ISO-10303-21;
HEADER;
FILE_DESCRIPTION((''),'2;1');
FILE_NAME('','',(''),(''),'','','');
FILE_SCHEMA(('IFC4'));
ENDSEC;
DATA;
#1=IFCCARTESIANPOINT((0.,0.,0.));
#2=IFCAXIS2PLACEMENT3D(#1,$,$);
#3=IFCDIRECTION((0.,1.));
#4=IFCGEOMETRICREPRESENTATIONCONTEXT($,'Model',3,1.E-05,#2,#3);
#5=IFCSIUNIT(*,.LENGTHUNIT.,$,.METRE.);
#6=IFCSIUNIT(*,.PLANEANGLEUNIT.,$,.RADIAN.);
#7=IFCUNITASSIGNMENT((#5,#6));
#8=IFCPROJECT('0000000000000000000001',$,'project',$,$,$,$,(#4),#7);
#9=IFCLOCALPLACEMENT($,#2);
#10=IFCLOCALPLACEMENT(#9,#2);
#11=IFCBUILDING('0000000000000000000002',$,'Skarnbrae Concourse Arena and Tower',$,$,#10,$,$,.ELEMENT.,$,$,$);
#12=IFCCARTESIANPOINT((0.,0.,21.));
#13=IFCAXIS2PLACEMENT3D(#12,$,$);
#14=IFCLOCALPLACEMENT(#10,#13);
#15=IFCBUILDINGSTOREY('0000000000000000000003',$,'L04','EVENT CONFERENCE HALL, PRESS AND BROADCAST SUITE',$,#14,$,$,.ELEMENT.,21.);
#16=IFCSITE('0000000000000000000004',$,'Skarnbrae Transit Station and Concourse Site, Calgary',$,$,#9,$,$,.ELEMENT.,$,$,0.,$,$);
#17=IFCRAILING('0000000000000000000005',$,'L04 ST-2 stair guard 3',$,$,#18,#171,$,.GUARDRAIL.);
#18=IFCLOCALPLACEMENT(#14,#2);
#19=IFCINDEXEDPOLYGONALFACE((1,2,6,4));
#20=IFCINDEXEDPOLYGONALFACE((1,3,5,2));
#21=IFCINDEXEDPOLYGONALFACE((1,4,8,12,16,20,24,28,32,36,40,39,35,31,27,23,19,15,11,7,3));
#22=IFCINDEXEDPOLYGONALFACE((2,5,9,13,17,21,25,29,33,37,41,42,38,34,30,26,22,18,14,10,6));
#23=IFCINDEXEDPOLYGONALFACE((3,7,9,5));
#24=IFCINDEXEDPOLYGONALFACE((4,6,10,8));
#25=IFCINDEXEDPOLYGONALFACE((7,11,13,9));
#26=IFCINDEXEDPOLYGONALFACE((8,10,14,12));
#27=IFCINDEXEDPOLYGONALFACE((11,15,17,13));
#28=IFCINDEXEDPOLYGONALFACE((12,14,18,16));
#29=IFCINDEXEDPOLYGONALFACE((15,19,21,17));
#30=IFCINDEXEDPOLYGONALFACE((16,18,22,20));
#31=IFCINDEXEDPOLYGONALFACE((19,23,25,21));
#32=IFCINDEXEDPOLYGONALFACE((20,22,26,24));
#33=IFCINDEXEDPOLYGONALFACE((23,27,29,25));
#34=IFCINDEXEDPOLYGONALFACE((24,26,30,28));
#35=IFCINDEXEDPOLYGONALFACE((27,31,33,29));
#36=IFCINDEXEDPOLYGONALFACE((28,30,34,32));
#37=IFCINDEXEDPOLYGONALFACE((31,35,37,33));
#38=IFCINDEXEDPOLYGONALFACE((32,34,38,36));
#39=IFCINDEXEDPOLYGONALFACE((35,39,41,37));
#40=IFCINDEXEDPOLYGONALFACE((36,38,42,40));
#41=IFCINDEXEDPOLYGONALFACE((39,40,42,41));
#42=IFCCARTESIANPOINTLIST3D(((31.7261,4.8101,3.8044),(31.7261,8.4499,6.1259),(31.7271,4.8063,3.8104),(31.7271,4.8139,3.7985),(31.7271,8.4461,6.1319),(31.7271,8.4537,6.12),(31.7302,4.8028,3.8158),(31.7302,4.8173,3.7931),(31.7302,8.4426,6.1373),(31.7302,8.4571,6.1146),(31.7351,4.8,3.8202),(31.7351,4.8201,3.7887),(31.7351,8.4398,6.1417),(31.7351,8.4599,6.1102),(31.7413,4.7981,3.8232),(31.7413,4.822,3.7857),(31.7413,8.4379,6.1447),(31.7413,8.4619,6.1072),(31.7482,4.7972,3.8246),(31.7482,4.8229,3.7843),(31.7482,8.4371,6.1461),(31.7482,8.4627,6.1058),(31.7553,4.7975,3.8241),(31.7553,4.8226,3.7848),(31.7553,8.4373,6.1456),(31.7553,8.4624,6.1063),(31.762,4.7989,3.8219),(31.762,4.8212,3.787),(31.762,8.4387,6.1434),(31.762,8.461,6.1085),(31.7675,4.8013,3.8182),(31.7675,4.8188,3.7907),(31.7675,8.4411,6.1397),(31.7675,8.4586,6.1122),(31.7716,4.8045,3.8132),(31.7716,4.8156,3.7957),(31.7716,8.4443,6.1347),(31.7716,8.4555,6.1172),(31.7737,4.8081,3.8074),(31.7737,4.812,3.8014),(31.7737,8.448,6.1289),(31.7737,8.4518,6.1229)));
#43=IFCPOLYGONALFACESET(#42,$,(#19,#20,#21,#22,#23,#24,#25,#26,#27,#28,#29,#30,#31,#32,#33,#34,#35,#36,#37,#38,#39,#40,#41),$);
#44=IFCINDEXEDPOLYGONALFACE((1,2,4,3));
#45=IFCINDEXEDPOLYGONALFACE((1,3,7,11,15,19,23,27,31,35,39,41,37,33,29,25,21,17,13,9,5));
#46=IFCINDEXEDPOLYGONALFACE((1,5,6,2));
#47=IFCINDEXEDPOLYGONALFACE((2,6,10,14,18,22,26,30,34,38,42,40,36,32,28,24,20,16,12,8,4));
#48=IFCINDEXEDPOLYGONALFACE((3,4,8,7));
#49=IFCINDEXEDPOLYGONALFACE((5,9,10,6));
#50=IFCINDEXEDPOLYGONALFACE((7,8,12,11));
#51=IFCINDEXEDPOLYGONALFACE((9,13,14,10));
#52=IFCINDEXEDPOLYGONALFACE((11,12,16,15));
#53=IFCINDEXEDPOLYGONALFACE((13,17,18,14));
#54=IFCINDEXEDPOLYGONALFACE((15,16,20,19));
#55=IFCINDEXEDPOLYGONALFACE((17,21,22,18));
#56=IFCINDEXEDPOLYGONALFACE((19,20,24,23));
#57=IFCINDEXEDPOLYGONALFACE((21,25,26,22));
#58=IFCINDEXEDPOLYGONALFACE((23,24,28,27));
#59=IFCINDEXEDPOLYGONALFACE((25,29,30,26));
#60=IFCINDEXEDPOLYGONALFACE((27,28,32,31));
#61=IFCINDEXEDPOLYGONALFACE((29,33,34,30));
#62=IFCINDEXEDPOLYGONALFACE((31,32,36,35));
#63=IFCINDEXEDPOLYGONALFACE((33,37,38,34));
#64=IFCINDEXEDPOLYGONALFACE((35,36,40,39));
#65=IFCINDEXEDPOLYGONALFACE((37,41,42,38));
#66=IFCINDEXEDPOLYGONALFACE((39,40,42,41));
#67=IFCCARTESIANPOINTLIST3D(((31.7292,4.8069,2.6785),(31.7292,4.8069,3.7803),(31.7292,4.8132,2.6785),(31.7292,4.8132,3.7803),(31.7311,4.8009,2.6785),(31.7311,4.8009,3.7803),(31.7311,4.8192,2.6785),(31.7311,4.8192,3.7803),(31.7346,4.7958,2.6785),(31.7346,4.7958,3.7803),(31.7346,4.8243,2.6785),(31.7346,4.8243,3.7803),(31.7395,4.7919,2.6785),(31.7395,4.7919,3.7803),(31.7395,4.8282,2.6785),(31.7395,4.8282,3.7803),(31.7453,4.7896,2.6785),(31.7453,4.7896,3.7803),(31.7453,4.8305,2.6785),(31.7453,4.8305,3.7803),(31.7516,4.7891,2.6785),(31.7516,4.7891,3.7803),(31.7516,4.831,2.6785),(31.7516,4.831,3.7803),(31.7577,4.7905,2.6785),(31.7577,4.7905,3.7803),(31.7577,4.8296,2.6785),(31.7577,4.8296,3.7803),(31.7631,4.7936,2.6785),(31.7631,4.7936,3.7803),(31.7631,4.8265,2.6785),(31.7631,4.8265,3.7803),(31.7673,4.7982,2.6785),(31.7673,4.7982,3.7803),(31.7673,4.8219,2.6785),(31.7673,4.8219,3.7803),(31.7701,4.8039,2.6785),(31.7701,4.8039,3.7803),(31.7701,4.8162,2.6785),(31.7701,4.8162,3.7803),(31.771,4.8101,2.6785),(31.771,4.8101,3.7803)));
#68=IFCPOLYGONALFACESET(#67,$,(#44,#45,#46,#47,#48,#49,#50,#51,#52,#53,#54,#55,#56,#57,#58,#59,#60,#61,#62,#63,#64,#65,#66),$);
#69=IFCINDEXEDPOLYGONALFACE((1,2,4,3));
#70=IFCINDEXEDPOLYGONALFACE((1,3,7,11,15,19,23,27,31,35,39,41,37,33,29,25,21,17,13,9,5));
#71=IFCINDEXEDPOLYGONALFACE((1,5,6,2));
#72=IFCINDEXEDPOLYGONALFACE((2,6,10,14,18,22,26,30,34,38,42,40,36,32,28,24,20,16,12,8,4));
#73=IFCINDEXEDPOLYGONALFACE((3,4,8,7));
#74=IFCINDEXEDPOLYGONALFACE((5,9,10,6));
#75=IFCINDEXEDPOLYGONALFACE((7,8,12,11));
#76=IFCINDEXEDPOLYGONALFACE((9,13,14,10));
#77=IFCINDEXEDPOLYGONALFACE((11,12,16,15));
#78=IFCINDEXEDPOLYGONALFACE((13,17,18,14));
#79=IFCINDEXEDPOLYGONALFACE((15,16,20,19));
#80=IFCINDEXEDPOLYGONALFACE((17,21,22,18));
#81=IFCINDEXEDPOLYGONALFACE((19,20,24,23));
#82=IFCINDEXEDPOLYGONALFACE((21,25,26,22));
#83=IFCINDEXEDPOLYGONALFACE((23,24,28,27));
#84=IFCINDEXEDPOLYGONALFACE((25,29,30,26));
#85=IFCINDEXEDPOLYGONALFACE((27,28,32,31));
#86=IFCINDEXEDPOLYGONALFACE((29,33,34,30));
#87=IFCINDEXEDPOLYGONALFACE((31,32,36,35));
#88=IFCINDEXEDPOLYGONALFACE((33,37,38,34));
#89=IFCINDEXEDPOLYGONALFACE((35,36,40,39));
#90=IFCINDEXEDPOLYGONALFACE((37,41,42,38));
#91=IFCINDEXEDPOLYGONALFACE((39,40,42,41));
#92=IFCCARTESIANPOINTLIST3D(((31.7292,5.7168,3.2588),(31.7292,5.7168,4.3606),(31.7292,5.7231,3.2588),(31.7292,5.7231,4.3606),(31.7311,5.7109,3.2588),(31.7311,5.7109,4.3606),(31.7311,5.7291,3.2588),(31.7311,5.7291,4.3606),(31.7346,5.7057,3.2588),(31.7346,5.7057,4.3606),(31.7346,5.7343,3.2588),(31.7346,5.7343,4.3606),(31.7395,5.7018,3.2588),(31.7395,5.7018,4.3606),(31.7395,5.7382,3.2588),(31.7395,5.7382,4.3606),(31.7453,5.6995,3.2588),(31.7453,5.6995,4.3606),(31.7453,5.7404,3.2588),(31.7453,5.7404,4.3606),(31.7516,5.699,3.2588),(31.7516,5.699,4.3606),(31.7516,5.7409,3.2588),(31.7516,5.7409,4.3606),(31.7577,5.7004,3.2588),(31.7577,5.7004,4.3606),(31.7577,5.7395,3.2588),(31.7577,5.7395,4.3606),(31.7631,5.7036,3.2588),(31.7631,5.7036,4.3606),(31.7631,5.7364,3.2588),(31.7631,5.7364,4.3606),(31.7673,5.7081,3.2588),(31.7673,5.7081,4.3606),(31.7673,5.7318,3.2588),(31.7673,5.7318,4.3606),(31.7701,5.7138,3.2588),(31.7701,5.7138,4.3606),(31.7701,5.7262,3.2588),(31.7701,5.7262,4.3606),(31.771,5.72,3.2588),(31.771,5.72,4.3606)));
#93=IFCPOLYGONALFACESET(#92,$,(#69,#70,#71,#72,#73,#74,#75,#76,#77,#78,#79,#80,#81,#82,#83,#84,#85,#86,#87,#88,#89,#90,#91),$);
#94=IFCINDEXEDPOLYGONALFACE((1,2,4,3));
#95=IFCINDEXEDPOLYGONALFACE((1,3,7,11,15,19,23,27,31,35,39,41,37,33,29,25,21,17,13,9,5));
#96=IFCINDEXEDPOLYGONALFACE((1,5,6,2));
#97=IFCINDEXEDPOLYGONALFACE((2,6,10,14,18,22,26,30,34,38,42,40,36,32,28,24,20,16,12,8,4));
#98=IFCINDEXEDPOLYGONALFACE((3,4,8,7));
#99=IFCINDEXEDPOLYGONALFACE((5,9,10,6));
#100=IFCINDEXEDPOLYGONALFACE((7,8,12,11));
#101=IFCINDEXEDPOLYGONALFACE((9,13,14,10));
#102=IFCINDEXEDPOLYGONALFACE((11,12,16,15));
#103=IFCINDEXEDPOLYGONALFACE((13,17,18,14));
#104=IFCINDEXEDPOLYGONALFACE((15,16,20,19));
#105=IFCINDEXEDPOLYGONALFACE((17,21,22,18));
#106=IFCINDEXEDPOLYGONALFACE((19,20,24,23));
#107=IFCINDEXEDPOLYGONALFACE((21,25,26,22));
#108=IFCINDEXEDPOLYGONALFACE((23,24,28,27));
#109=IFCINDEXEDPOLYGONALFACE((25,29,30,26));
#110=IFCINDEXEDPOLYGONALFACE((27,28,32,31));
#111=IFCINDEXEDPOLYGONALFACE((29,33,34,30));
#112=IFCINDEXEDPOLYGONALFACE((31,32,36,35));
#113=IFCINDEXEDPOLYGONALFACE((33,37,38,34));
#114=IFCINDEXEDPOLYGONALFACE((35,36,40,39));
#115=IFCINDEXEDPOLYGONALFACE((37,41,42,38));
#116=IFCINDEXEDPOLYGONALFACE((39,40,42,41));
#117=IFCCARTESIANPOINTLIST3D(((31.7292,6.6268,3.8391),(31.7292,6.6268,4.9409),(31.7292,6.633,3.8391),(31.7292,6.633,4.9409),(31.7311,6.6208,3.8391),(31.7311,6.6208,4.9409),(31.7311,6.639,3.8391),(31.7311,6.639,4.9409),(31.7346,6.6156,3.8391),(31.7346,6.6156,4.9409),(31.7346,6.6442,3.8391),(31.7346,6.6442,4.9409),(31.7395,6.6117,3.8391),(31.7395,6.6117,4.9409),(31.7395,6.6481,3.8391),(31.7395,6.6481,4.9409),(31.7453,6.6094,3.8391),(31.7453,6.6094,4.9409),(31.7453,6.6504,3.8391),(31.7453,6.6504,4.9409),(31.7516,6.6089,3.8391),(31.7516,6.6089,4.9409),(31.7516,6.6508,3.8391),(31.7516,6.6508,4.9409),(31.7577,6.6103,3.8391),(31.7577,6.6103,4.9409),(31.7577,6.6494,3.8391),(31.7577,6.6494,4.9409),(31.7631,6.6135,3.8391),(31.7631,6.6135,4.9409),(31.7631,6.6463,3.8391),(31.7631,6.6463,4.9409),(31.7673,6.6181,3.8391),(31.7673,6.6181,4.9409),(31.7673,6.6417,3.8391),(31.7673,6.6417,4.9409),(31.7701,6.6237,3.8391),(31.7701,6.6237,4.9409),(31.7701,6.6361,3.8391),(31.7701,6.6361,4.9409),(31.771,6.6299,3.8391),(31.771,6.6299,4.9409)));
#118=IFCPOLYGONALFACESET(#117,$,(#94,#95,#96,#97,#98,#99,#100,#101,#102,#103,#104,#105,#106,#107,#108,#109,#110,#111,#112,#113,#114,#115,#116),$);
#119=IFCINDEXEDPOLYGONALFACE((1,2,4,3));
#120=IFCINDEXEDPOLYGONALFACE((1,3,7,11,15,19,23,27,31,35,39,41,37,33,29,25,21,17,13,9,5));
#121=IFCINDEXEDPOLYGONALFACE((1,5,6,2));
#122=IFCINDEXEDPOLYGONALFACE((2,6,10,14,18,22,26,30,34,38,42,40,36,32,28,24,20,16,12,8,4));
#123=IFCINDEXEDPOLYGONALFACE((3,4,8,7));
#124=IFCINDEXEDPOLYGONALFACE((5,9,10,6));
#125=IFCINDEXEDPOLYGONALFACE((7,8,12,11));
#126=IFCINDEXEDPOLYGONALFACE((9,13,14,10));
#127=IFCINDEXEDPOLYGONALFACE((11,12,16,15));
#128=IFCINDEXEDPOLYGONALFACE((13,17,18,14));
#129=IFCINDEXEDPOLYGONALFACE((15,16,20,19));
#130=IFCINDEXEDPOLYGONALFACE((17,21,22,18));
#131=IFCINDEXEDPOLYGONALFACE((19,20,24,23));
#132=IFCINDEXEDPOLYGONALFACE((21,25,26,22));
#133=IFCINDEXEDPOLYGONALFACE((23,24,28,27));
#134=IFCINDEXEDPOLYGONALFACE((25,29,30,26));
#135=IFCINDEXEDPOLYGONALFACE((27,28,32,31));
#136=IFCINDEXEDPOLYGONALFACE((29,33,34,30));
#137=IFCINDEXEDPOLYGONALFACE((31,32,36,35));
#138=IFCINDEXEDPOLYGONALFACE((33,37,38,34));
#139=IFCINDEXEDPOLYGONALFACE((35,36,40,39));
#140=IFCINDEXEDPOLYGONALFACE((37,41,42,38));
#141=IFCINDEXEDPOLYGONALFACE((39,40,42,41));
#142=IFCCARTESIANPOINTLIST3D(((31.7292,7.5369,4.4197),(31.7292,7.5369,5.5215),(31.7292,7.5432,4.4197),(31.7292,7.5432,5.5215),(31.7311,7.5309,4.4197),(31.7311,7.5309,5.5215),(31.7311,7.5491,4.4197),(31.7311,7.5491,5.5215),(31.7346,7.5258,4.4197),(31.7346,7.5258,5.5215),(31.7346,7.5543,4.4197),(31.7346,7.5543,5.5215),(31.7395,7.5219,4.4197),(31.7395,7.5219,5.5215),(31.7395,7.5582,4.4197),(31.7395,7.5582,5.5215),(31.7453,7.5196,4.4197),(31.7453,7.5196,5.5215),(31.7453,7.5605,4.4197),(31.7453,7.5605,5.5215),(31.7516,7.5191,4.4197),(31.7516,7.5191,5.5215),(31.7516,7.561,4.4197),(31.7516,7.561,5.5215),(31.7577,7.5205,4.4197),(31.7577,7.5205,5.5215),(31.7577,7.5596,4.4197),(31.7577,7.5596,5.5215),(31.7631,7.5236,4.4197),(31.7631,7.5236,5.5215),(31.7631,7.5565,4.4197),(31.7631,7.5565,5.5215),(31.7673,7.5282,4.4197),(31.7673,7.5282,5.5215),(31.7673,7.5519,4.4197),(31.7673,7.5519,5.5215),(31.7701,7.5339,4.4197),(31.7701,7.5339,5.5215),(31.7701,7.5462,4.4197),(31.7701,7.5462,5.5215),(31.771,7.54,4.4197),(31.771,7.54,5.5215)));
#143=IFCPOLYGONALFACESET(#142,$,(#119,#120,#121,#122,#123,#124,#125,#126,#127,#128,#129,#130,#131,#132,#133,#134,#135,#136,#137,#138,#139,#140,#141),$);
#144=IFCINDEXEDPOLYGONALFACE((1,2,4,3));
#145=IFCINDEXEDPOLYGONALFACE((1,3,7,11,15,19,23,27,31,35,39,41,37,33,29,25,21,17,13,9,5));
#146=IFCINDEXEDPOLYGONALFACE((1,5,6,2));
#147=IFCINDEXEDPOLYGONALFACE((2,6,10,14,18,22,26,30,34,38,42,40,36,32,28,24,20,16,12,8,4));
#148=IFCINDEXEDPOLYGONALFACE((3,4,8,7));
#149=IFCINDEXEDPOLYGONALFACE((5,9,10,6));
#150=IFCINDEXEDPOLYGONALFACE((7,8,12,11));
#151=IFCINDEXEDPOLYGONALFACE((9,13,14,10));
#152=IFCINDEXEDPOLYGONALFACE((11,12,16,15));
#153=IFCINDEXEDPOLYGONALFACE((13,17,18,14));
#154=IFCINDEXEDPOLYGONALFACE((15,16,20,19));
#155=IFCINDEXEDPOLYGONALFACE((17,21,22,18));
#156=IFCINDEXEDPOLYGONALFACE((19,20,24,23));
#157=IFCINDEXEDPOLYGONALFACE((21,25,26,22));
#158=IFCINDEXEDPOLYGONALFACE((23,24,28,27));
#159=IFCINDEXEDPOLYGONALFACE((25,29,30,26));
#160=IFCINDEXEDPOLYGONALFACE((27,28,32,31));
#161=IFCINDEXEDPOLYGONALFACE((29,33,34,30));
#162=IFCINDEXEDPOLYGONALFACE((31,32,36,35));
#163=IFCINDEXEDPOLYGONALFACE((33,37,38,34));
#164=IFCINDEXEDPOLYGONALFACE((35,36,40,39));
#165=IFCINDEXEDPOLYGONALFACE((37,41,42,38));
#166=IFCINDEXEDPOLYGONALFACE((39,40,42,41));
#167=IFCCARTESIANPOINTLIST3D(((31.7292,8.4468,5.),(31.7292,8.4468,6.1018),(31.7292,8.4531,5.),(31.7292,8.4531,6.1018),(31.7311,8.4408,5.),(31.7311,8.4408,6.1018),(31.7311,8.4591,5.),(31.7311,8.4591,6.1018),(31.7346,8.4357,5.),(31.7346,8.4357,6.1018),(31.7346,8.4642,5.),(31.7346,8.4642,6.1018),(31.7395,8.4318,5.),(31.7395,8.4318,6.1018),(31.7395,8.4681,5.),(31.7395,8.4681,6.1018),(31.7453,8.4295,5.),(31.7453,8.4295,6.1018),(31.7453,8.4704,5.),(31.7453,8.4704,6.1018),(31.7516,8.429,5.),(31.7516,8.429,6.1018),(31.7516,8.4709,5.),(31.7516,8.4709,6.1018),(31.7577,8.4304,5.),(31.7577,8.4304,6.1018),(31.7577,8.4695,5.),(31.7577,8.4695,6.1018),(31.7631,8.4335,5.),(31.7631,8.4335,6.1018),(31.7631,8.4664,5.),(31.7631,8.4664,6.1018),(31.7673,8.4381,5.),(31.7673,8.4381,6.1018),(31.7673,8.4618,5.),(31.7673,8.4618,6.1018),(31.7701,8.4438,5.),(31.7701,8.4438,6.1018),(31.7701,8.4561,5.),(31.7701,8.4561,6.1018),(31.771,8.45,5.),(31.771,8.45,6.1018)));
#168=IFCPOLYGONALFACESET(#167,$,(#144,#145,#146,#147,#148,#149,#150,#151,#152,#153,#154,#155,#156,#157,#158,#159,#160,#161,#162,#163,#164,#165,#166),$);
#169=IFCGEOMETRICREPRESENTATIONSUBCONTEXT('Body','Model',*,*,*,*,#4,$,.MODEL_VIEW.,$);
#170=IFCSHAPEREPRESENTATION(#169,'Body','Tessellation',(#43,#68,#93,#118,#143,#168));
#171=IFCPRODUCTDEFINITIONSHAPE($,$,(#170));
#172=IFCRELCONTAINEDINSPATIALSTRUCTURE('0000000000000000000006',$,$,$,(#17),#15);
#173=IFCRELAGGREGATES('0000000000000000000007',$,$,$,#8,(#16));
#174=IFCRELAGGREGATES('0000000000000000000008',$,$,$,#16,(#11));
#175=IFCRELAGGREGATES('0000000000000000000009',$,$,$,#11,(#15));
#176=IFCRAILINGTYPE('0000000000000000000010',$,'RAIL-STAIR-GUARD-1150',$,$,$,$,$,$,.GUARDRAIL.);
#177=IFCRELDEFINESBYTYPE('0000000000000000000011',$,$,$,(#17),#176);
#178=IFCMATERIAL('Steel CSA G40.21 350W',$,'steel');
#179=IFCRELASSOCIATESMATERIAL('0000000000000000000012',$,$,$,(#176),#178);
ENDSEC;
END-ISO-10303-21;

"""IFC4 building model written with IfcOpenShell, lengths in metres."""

from ifc_helpers import new_model, si_unit, direction, frame, origin, origin_2d, place, context, subcontext, project, spatial, circle, extrude, material, type_object, element, save


model = new_model("IFC4")

# Units and contexts
model_context = context("Model", 3, precision=1e-05, world=origin(), true_north=direction((0.0, 1.0)))
body_context = subcontext(model_context, "Body", "Model", "MODEL_VIEW")
ifc_project = project(units=[si_unit("LENGTHUNIT", "METRE"), si_unit("PLANEANGLEUNIT", "RADIAN")], contexts=[model_context])

# Site, building, storey
site_placement = place(None, origin())
site = spatial("IfcSite", under=ifc_project, at=site_placement, Name="Skarnbrae Transit Station and Concourse Site, Calgary", CompositionType="ELEMENT", RefElevation=0.0)
building_placement = place(site_placement, origin())
building = spatial("IfcBuilding", under=site, at=building_placement, Name="Skarnbrae Concourse Arena and Tower", CompositionType="ELEMENT")
storey_placement = place(building_placement, frame((0.0, 0.0, 21.0)))
storey = spatial("IfcBuildingStorey", under=building, at=storey_placement, Name="L04", Description="EVENT CONFERENCE HALL, PRESS AND BROADCAST SUITE", CompositionType="ELEMENT", Elevation=21.0)

# Shared definitions
ifc_material_1 = material(Name="Steel CSA G40.21 350W", Category="steel")

# Railing
railing_type_1 = type_object("IfcRailingType", Name="RAIL-STAIR-GUARD-1150", PredefinedType="GUARDRAIL", material=ifc_material_1)
railing_1_placement = place(storey_placement, frame((31.75, 4.8101, 2.6785)))
element("IfcRailing", 1, at=railing_1_placement, inside=storey, type_object=railing_type_1, Name="L04 ST-2 stair guard 3", PredefinedType="GUARDRAIL", context=body_context, shape_type="SweptSolid", body=[
    extrude(circle(Radius=0.0239, at=origin_2d()), frame((0.0, 0.0, 1.126), z_axis=(0.0, 0.843112, 0.537739), x_axis=(-1.0, 0.0, 0.0)), (0.0, 0.0, 1.0), 4.3171),
    extrude(circle(Radius=0.021, at=origin_2d()), origin(), (0.0, 0.0, 1.0), 1.1018),
    extrude(circle(Radius=0.021, at=origin_2d()), frame((0.0, 0.9099, 0.5803)), (0.0, 0.0, 1.0), 1.1018),
    extrude(circle(Radius=0.021, at=origin_2d()), frame((0.0, 1.8198, 1.1606)), (0.0, 0.0, 1.0), 1.1018),
    extrude(circle(Radius=0.021, at=origin_2d()), frame((0.0, 2.73, 1.7412)), (0.0, 0.0, 1.0), 1.1018),
    extrude(circle(Radius=0.021, at=origin_2d()), frame((0.0, 3.6399, 2.3215)), (0.0, 0.0, 1.0), 1.1018),
])

save(model, "model.ifc")
